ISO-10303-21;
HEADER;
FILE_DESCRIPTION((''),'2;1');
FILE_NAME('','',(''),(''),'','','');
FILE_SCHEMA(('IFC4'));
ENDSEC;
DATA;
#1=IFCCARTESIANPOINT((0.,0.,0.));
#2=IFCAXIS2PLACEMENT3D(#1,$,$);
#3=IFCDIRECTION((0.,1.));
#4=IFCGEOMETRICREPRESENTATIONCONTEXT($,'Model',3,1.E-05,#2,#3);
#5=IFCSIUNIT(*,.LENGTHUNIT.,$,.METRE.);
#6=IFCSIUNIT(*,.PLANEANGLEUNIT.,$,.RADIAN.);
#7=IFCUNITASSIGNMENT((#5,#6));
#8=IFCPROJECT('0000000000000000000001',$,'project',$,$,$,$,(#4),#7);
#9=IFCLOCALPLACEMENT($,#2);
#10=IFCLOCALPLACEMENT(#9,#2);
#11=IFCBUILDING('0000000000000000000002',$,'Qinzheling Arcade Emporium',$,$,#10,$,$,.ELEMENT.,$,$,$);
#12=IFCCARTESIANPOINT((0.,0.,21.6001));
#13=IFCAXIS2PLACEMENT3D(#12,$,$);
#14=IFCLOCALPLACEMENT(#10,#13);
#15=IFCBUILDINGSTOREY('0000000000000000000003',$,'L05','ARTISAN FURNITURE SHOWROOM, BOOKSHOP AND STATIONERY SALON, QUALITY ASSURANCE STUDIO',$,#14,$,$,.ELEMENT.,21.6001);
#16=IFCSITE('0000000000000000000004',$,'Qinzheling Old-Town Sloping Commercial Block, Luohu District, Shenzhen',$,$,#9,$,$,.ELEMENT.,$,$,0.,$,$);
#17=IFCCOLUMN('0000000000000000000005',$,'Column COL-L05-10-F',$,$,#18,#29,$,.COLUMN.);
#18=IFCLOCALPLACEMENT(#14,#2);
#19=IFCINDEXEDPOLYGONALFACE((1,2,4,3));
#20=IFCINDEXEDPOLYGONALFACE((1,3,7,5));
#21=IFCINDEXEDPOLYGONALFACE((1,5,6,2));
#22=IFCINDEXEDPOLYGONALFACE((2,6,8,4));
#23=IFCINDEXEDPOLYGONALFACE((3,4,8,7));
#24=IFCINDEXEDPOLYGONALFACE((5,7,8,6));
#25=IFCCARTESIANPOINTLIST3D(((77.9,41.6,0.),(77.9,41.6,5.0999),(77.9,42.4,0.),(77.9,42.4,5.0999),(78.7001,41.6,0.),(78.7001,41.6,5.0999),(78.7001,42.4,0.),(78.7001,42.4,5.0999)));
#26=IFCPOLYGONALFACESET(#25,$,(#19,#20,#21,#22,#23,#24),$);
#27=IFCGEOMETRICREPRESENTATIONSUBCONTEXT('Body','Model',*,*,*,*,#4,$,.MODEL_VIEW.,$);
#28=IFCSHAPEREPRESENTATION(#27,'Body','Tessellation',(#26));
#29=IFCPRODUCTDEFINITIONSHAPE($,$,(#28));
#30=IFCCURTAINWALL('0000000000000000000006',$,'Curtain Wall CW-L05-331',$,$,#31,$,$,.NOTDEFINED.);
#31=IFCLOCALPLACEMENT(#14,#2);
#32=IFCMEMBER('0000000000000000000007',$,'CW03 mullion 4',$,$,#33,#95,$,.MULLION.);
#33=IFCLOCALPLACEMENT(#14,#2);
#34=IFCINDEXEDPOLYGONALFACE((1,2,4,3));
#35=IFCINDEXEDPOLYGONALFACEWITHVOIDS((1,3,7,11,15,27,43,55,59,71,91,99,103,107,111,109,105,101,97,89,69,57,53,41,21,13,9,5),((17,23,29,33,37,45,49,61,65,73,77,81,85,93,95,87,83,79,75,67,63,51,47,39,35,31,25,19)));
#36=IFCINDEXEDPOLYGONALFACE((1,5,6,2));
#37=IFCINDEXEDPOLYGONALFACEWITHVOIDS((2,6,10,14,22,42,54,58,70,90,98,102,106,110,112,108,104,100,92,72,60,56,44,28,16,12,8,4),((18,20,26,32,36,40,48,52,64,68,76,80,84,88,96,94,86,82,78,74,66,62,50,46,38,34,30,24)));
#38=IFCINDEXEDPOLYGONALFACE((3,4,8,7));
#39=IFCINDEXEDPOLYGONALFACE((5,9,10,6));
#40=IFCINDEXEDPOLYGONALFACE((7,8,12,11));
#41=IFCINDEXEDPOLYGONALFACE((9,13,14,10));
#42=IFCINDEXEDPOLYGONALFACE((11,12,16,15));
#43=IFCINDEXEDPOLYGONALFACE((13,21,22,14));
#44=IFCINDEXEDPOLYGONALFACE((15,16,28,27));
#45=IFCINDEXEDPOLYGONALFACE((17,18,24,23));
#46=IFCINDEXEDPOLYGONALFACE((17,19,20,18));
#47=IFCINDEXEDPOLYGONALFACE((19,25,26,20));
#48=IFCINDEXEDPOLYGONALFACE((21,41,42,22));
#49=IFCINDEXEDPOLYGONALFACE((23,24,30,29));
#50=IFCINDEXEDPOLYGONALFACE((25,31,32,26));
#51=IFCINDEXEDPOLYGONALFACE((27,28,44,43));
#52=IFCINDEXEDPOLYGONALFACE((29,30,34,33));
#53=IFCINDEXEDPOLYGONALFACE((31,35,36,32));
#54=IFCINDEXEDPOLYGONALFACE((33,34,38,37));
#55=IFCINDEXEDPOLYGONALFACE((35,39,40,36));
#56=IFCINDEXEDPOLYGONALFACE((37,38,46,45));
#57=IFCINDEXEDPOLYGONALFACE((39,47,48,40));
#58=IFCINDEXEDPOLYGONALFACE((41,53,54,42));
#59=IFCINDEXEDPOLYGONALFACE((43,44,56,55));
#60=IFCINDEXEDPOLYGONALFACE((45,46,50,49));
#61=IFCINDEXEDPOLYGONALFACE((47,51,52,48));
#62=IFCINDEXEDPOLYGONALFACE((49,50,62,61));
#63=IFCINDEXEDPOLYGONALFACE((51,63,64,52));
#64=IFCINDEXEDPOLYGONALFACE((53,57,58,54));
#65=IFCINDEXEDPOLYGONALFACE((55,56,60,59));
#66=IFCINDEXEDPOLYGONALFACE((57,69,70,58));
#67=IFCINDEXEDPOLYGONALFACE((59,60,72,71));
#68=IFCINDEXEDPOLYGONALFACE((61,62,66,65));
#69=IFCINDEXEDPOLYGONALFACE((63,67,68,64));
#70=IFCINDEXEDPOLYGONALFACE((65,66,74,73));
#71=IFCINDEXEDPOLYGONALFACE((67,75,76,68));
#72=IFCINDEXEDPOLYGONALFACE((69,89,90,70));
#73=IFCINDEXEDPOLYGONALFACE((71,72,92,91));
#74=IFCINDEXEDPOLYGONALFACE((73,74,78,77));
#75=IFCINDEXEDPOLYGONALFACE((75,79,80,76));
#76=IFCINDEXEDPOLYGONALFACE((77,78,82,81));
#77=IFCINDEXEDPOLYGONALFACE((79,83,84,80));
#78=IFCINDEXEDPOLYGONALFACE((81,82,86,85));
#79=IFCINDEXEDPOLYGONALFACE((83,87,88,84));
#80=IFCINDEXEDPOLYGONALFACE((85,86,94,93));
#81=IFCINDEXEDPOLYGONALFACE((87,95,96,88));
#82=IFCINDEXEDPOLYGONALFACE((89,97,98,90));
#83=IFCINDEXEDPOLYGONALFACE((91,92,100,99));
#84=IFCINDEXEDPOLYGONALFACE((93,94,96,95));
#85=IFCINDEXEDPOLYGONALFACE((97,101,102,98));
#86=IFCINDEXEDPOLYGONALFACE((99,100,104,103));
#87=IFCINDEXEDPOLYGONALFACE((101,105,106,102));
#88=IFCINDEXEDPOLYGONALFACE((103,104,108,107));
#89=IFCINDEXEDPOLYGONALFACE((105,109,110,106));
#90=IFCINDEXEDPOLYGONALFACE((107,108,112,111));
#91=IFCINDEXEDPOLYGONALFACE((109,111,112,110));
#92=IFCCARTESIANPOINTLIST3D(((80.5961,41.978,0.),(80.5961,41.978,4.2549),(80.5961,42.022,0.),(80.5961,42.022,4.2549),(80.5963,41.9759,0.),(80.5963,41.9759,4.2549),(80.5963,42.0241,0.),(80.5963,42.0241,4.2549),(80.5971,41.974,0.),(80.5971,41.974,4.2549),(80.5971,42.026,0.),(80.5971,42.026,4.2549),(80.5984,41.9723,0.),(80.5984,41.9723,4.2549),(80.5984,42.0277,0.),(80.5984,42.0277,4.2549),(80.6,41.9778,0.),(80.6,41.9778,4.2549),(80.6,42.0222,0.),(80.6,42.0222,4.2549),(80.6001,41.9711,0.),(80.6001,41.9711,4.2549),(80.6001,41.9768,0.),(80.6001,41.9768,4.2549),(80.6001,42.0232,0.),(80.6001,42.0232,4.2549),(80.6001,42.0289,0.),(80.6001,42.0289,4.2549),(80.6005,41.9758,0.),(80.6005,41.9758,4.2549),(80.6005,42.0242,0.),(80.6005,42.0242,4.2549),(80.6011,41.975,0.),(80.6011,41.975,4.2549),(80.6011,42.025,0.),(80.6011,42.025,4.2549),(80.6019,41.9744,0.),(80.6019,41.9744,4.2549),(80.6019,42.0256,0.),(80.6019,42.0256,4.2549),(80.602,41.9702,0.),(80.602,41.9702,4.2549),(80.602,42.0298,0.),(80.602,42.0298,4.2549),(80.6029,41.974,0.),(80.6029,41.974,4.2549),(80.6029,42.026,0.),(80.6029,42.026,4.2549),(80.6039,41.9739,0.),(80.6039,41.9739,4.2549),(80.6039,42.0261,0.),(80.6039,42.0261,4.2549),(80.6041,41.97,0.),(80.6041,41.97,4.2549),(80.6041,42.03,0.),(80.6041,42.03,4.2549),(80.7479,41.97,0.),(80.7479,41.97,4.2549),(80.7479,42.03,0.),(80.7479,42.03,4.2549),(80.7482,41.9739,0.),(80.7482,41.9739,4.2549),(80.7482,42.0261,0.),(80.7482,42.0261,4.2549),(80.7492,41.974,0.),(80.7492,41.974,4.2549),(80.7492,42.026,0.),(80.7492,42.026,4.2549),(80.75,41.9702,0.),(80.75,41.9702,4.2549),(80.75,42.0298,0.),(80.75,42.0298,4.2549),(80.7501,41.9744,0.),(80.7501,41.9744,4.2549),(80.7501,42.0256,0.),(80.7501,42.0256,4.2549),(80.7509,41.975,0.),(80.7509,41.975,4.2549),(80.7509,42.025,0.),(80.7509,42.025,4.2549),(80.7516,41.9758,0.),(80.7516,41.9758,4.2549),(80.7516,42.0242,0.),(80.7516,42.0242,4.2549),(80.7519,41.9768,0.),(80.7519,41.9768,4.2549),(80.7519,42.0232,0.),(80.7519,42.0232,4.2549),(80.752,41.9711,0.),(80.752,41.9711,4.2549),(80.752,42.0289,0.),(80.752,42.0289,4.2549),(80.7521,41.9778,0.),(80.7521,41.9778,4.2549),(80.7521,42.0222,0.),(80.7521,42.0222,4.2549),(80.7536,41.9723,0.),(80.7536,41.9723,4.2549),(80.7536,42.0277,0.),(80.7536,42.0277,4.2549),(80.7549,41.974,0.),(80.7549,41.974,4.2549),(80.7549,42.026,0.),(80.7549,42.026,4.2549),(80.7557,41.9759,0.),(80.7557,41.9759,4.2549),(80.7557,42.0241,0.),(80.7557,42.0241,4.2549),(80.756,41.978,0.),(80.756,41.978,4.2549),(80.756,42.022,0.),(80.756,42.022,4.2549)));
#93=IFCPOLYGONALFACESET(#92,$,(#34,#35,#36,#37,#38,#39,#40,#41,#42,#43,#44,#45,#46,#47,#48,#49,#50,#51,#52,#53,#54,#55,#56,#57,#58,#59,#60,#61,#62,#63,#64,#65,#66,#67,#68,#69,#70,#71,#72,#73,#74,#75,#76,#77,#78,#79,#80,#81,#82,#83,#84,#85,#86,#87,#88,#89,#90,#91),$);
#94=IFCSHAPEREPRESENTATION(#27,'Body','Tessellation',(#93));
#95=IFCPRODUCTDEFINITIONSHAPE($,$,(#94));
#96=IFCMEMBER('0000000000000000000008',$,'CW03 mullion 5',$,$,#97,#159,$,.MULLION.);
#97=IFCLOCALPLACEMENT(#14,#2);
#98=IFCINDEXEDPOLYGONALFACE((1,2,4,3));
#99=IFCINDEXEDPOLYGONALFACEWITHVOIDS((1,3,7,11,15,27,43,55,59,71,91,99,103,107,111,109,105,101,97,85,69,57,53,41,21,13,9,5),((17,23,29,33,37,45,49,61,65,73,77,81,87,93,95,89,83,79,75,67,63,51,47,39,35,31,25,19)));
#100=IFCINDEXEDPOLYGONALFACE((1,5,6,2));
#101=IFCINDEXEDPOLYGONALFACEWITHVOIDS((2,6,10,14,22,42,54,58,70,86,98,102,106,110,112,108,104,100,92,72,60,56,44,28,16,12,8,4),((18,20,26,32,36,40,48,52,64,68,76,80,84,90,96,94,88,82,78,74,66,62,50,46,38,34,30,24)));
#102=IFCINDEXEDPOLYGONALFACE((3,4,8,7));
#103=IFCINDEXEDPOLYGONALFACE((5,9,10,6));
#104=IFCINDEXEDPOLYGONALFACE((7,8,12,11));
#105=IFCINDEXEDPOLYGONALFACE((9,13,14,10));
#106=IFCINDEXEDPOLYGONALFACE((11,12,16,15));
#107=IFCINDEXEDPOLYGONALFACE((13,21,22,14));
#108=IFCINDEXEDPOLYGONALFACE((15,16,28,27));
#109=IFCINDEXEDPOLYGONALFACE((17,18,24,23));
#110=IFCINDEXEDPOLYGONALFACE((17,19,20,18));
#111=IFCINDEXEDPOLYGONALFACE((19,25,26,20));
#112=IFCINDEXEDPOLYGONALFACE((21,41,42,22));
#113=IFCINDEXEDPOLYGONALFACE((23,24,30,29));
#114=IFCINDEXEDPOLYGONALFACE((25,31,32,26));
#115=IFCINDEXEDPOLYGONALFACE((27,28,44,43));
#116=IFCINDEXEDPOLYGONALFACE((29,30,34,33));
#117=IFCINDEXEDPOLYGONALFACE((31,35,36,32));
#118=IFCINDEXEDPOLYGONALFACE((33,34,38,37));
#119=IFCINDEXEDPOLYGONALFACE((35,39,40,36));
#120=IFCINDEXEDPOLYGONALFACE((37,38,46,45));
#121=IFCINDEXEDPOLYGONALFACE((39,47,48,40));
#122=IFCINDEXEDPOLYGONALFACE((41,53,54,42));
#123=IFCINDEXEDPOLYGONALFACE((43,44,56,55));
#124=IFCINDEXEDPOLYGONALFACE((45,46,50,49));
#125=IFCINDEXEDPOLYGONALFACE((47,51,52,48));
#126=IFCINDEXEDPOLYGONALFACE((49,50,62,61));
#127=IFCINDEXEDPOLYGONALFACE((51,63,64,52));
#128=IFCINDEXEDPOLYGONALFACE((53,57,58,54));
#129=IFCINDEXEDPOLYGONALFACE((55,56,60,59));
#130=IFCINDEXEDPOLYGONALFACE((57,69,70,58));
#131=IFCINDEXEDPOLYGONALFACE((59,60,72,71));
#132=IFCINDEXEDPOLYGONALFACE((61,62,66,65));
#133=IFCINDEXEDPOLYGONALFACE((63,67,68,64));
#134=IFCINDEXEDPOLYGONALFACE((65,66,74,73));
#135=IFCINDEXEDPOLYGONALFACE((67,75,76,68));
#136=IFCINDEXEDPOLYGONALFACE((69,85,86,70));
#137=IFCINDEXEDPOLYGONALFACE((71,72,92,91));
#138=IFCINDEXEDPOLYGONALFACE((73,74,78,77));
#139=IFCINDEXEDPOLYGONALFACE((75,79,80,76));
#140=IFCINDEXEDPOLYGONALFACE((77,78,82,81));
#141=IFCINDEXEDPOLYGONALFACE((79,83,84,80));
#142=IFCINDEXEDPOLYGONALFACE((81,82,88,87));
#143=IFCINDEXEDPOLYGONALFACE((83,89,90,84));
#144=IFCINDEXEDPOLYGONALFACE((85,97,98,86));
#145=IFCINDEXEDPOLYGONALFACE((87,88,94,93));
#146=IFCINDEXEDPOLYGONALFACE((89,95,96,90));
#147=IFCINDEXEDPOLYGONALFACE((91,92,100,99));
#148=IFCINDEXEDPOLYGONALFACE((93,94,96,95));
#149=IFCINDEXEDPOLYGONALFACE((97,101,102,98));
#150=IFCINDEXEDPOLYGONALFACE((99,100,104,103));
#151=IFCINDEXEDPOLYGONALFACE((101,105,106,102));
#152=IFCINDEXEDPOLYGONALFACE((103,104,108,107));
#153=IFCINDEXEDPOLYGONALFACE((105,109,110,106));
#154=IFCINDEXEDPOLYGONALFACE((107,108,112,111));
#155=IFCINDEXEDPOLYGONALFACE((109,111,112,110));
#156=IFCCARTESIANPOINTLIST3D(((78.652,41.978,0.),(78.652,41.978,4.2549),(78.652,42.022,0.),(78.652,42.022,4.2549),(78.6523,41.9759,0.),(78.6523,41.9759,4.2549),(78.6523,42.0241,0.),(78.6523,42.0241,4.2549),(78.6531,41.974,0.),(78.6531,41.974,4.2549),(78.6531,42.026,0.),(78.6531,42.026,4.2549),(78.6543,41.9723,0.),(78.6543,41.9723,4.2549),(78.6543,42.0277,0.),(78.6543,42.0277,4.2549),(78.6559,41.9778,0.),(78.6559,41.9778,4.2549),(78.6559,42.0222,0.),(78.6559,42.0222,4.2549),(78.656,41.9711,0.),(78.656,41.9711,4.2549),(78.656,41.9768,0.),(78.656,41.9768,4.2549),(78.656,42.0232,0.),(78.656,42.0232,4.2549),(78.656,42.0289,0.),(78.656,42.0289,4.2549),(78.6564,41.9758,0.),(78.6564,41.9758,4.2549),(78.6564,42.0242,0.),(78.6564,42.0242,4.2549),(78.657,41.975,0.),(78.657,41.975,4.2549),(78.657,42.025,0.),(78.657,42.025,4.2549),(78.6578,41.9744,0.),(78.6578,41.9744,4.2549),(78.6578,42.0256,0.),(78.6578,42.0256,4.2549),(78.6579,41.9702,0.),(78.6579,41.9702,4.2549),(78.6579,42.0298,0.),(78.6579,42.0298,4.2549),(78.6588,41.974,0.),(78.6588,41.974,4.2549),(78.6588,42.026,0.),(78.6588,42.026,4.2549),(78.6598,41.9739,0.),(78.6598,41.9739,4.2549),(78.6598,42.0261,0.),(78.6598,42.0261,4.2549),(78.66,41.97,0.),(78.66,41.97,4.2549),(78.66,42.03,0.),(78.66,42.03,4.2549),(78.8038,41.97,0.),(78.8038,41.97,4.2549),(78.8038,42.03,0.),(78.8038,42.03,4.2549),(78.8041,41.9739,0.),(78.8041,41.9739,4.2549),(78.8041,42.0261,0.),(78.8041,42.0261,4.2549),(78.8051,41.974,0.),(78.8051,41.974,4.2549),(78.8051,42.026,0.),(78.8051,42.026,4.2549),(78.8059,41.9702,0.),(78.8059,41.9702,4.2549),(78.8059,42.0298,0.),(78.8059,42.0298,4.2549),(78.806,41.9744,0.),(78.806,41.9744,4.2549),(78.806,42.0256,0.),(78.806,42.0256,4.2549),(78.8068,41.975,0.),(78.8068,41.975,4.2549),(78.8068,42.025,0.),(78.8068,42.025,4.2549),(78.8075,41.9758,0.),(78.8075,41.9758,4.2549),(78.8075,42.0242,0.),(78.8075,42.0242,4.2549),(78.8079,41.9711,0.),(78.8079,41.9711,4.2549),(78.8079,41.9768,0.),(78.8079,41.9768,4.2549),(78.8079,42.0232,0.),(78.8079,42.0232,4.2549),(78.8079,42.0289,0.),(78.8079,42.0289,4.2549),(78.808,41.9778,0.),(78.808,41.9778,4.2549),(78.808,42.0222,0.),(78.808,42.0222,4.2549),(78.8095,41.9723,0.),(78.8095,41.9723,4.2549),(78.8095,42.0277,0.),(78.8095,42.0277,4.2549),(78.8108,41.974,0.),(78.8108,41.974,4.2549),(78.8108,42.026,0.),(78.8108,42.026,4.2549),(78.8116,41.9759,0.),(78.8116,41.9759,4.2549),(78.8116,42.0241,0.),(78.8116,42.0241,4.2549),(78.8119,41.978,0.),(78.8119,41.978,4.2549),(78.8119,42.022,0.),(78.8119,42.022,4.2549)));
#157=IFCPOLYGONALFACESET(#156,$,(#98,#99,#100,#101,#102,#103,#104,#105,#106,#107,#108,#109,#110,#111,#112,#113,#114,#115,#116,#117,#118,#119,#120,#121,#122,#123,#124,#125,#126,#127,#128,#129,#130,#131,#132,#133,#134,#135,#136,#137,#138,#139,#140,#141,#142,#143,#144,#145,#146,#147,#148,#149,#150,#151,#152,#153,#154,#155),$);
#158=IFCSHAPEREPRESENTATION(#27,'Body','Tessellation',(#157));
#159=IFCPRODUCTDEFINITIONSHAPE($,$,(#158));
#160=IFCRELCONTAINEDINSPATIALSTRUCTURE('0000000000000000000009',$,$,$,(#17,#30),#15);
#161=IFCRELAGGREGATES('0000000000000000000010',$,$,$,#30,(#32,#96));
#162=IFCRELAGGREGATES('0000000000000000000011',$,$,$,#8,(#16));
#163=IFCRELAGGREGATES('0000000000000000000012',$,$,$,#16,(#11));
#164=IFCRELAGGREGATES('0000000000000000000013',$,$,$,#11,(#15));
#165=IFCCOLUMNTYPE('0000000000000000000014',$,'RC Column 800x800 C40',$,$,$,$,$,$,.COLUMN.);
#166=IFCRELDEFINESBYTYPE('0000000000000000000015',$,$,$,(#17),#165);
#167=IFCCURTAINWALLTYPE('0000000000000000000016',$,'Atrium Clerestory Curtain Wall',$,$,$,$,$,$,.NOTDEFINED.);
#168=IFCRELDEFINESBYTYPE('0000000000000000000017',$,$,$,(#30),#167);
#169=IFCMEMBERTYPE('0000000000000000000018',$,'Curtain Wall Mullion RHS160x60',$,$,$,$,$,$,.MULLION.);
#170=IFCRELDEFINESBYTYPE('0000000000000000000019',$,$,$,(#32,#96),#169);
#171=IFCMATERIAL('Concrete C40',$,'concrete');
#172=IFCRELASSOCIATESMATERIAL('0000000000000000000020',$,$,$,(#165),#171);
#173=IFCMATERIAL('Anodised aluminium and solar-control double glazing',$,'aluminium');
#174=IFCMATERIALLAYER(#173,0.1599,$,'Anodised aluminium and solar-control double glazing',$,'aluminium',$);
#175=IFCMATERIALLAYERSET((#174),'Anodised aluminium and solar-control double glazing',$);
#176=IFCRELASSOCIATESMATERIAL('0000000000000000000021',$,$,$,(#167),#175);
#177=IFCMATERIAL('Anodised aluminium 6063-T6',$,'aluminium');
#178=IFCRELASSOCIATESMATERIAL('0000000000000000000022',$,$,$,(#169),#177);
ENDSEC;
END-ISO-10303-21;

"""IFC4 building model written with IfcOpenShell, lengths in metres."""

from ifc_helpers import new_model, si_unit, direction, frame, origin, origin_2d, place, context, subcontext, project, spatial, rectangle, hollow_rectangle, extrude, material, layer, layer_set, material_profile, profile_set, type_object, element, aggregate, save


model = new_model("IFC4")

# Units and contexts
model_context = context("Model", 3, precision=1e-05, world=origin(), true_north=direction((0.0, 1.0)))
body_context = subcontext(model_context, "Body", "Model", "MODEL_VIEW")
ifc_project = project(units=[si_unit("LENGTHUNIT", "METRE"), si_unit("PLANEANGLEUNIT", "RADIAN")], contexts=[model_context])

# Site, building, storey
site_placement = place(None, origin())
site = spatial("IfcSite", under=ifc_project, at=site_placement, Name="Qinzheling Old-Town Sloping Commercial Block, Luohu District, Shenzhen", CompositionType="ELEMENT", RefElevation=0.0)
building_placement = place(site_placement, origin())
building = spatial("IfcBuilding", under=site, at=building_placement, Name="Qinzheling Arcade Emporium", CompositionType="ELEMENT")
storey_placement = place(building_placement, frame((0.0, 0.0, 21.6001)))
storey = spatial("IfcBuildingStorey", under=building, at=storey_placement, Name="L05", Description="ARTISAN FURNITURE SHOWROOM, BOOKSHOP AND STATIONERY SALON, QUALITY ASSURANCE STUDIO", CompositionType="ELEMENT", Elevation=21.6001)

# Column
ifc_material_1 = material(Name="Concrete C40", Category="concrete")
ifc_material_profile_1 = material_profile(ifc_material_1, rectangle(XDim=0.8, YDim=0.8, at=origin_2d()), Name="RC 800x800", Category="concrete")
ifc_profile_set_1 = profile_set([ifc_material_profile_1], Name="Concrete C40")
column_type = type_object("IfcColumnType", Name="RC Column 800x800 C40", PredefinedType="COLUMN", material=ifc_profile_set_1)
column_placement = place(storey_placement, frame((78.3, 42.0, 0.0), z_axis=(0.0, 0.0, 1.0), x_axis=(1.0, 0.0, 0.0)))
element("IfcColumn", 1, at=column_placement, inside=storey, type_object=column_type, Name="Column COL-L05-10-F", PredefinedType="COLUMN", context=body_context, shape_type="SweptSolid", body=[
    extrude(rectangle(XDim=0.8, YDim=0.8, at=origin_2d()), origin(), (0.0, 0.0, 1.0), 5.0999),
])

# Curtain wall, members
ifc_material_2 = material(Name="Anodised aluminium and solar-control double glazing", Category="aluminium")
ifc_layer_1 = layer(ifc_material_2, 0.1599, Name="Anodised aluminium and solar-control double glazing", Category="aluminium")
ifc_layer_set_1 = layer_set([ifc_layer_1], Name="Anodised aluminium and solar-control double glazing")
curtain_wall_type = type_object("IfcCurtainWallType", Name="Atrium Clerestory Curtain Wall", PredefinedType="NOTDEFINED", material=ifc_layer_set_1)
curtain_wall_1_placement = place(storey_placement, origin())
curtain_wall_1 = element("IfcCurtainWall", 2, at=curtain_wall_1_placement, inside=storey, type_object=curtain_wall_type, Name="Curtain Wall CW-L05-331", PredefinedType="NOTDEFINED")
ifc_material_3 = material(Name="Anodised aluminium 6063-T6", Category="aluminium")
ifc_material_profile_2 = material_profile(ifc_material_3, hollow_rectangle(XDim=0.0601, YDim=0.1599, WallThickness=0.0039, InnerFilletRadius=0.0039, OuterFilletRadius=0.0081, at=origin_2d()), Name="RHS 160x60x4", Category="aluminium")
ifc_profile_set_2 = profile_set([ifc_material_profile_2], Name="Anodised aluminium 6063-T6")
member_type_1 = type_object("IfcMemberType", Name="Curtain Wall Mullion RHS160x60", PredefinedType="MULLION", material=ifc_profile_set_2)
member_1_placement = place(storey_placement, frame((80.676, 42.0, 0.0), z_axis=(0.0, 0.0, 1.0), x_axis=(0.0, -1.0, 0.0)))
member_1 = element("IfcMember", 3, at=member_1_placement, type_object=member_type_1, Name="CW03 mullion 4", PredefinedType="MULLION", context=body_context, shape_type="SweptSolid", body=[
    extrude(hollow_rectangle(XDim=0.0601, YDim=0.1599, WallThickness=0.0039, InnerFilletRadius=0.0039, OuterFilletRadius=0.0081, at=origin_2d()), origin(), (0.0, 0.0, 1.0), 4.2549),
])
member_2_placement = place(storey_placement, frame((78.7319, 42.0, 0.0), z_axis=(0.0, 0.0, 1.0), x_axis=(0.0, -1.0, 0.0)))
member_2 = element("IfcMember", 4, at=member_2_placement, type_object=member_type_1, Name="CW03 mullion 5", PredefinedType="MULLION", context=body_context, shape_type="SweptSolid", body=[
    extrude(hollow_rectangle(XDim=0.0601, YDim=0.1599, WallThickness=0.0039, InnerFilletRadius=0.0039, OuterFilletRadius=0.0081, at=origin_2d()), origin(), (0.0, 0.0, 1.0), 4.2549),
])

aggregate(curtain_wall_1, [member_1, member_2])

save(model, "model.ifc")
